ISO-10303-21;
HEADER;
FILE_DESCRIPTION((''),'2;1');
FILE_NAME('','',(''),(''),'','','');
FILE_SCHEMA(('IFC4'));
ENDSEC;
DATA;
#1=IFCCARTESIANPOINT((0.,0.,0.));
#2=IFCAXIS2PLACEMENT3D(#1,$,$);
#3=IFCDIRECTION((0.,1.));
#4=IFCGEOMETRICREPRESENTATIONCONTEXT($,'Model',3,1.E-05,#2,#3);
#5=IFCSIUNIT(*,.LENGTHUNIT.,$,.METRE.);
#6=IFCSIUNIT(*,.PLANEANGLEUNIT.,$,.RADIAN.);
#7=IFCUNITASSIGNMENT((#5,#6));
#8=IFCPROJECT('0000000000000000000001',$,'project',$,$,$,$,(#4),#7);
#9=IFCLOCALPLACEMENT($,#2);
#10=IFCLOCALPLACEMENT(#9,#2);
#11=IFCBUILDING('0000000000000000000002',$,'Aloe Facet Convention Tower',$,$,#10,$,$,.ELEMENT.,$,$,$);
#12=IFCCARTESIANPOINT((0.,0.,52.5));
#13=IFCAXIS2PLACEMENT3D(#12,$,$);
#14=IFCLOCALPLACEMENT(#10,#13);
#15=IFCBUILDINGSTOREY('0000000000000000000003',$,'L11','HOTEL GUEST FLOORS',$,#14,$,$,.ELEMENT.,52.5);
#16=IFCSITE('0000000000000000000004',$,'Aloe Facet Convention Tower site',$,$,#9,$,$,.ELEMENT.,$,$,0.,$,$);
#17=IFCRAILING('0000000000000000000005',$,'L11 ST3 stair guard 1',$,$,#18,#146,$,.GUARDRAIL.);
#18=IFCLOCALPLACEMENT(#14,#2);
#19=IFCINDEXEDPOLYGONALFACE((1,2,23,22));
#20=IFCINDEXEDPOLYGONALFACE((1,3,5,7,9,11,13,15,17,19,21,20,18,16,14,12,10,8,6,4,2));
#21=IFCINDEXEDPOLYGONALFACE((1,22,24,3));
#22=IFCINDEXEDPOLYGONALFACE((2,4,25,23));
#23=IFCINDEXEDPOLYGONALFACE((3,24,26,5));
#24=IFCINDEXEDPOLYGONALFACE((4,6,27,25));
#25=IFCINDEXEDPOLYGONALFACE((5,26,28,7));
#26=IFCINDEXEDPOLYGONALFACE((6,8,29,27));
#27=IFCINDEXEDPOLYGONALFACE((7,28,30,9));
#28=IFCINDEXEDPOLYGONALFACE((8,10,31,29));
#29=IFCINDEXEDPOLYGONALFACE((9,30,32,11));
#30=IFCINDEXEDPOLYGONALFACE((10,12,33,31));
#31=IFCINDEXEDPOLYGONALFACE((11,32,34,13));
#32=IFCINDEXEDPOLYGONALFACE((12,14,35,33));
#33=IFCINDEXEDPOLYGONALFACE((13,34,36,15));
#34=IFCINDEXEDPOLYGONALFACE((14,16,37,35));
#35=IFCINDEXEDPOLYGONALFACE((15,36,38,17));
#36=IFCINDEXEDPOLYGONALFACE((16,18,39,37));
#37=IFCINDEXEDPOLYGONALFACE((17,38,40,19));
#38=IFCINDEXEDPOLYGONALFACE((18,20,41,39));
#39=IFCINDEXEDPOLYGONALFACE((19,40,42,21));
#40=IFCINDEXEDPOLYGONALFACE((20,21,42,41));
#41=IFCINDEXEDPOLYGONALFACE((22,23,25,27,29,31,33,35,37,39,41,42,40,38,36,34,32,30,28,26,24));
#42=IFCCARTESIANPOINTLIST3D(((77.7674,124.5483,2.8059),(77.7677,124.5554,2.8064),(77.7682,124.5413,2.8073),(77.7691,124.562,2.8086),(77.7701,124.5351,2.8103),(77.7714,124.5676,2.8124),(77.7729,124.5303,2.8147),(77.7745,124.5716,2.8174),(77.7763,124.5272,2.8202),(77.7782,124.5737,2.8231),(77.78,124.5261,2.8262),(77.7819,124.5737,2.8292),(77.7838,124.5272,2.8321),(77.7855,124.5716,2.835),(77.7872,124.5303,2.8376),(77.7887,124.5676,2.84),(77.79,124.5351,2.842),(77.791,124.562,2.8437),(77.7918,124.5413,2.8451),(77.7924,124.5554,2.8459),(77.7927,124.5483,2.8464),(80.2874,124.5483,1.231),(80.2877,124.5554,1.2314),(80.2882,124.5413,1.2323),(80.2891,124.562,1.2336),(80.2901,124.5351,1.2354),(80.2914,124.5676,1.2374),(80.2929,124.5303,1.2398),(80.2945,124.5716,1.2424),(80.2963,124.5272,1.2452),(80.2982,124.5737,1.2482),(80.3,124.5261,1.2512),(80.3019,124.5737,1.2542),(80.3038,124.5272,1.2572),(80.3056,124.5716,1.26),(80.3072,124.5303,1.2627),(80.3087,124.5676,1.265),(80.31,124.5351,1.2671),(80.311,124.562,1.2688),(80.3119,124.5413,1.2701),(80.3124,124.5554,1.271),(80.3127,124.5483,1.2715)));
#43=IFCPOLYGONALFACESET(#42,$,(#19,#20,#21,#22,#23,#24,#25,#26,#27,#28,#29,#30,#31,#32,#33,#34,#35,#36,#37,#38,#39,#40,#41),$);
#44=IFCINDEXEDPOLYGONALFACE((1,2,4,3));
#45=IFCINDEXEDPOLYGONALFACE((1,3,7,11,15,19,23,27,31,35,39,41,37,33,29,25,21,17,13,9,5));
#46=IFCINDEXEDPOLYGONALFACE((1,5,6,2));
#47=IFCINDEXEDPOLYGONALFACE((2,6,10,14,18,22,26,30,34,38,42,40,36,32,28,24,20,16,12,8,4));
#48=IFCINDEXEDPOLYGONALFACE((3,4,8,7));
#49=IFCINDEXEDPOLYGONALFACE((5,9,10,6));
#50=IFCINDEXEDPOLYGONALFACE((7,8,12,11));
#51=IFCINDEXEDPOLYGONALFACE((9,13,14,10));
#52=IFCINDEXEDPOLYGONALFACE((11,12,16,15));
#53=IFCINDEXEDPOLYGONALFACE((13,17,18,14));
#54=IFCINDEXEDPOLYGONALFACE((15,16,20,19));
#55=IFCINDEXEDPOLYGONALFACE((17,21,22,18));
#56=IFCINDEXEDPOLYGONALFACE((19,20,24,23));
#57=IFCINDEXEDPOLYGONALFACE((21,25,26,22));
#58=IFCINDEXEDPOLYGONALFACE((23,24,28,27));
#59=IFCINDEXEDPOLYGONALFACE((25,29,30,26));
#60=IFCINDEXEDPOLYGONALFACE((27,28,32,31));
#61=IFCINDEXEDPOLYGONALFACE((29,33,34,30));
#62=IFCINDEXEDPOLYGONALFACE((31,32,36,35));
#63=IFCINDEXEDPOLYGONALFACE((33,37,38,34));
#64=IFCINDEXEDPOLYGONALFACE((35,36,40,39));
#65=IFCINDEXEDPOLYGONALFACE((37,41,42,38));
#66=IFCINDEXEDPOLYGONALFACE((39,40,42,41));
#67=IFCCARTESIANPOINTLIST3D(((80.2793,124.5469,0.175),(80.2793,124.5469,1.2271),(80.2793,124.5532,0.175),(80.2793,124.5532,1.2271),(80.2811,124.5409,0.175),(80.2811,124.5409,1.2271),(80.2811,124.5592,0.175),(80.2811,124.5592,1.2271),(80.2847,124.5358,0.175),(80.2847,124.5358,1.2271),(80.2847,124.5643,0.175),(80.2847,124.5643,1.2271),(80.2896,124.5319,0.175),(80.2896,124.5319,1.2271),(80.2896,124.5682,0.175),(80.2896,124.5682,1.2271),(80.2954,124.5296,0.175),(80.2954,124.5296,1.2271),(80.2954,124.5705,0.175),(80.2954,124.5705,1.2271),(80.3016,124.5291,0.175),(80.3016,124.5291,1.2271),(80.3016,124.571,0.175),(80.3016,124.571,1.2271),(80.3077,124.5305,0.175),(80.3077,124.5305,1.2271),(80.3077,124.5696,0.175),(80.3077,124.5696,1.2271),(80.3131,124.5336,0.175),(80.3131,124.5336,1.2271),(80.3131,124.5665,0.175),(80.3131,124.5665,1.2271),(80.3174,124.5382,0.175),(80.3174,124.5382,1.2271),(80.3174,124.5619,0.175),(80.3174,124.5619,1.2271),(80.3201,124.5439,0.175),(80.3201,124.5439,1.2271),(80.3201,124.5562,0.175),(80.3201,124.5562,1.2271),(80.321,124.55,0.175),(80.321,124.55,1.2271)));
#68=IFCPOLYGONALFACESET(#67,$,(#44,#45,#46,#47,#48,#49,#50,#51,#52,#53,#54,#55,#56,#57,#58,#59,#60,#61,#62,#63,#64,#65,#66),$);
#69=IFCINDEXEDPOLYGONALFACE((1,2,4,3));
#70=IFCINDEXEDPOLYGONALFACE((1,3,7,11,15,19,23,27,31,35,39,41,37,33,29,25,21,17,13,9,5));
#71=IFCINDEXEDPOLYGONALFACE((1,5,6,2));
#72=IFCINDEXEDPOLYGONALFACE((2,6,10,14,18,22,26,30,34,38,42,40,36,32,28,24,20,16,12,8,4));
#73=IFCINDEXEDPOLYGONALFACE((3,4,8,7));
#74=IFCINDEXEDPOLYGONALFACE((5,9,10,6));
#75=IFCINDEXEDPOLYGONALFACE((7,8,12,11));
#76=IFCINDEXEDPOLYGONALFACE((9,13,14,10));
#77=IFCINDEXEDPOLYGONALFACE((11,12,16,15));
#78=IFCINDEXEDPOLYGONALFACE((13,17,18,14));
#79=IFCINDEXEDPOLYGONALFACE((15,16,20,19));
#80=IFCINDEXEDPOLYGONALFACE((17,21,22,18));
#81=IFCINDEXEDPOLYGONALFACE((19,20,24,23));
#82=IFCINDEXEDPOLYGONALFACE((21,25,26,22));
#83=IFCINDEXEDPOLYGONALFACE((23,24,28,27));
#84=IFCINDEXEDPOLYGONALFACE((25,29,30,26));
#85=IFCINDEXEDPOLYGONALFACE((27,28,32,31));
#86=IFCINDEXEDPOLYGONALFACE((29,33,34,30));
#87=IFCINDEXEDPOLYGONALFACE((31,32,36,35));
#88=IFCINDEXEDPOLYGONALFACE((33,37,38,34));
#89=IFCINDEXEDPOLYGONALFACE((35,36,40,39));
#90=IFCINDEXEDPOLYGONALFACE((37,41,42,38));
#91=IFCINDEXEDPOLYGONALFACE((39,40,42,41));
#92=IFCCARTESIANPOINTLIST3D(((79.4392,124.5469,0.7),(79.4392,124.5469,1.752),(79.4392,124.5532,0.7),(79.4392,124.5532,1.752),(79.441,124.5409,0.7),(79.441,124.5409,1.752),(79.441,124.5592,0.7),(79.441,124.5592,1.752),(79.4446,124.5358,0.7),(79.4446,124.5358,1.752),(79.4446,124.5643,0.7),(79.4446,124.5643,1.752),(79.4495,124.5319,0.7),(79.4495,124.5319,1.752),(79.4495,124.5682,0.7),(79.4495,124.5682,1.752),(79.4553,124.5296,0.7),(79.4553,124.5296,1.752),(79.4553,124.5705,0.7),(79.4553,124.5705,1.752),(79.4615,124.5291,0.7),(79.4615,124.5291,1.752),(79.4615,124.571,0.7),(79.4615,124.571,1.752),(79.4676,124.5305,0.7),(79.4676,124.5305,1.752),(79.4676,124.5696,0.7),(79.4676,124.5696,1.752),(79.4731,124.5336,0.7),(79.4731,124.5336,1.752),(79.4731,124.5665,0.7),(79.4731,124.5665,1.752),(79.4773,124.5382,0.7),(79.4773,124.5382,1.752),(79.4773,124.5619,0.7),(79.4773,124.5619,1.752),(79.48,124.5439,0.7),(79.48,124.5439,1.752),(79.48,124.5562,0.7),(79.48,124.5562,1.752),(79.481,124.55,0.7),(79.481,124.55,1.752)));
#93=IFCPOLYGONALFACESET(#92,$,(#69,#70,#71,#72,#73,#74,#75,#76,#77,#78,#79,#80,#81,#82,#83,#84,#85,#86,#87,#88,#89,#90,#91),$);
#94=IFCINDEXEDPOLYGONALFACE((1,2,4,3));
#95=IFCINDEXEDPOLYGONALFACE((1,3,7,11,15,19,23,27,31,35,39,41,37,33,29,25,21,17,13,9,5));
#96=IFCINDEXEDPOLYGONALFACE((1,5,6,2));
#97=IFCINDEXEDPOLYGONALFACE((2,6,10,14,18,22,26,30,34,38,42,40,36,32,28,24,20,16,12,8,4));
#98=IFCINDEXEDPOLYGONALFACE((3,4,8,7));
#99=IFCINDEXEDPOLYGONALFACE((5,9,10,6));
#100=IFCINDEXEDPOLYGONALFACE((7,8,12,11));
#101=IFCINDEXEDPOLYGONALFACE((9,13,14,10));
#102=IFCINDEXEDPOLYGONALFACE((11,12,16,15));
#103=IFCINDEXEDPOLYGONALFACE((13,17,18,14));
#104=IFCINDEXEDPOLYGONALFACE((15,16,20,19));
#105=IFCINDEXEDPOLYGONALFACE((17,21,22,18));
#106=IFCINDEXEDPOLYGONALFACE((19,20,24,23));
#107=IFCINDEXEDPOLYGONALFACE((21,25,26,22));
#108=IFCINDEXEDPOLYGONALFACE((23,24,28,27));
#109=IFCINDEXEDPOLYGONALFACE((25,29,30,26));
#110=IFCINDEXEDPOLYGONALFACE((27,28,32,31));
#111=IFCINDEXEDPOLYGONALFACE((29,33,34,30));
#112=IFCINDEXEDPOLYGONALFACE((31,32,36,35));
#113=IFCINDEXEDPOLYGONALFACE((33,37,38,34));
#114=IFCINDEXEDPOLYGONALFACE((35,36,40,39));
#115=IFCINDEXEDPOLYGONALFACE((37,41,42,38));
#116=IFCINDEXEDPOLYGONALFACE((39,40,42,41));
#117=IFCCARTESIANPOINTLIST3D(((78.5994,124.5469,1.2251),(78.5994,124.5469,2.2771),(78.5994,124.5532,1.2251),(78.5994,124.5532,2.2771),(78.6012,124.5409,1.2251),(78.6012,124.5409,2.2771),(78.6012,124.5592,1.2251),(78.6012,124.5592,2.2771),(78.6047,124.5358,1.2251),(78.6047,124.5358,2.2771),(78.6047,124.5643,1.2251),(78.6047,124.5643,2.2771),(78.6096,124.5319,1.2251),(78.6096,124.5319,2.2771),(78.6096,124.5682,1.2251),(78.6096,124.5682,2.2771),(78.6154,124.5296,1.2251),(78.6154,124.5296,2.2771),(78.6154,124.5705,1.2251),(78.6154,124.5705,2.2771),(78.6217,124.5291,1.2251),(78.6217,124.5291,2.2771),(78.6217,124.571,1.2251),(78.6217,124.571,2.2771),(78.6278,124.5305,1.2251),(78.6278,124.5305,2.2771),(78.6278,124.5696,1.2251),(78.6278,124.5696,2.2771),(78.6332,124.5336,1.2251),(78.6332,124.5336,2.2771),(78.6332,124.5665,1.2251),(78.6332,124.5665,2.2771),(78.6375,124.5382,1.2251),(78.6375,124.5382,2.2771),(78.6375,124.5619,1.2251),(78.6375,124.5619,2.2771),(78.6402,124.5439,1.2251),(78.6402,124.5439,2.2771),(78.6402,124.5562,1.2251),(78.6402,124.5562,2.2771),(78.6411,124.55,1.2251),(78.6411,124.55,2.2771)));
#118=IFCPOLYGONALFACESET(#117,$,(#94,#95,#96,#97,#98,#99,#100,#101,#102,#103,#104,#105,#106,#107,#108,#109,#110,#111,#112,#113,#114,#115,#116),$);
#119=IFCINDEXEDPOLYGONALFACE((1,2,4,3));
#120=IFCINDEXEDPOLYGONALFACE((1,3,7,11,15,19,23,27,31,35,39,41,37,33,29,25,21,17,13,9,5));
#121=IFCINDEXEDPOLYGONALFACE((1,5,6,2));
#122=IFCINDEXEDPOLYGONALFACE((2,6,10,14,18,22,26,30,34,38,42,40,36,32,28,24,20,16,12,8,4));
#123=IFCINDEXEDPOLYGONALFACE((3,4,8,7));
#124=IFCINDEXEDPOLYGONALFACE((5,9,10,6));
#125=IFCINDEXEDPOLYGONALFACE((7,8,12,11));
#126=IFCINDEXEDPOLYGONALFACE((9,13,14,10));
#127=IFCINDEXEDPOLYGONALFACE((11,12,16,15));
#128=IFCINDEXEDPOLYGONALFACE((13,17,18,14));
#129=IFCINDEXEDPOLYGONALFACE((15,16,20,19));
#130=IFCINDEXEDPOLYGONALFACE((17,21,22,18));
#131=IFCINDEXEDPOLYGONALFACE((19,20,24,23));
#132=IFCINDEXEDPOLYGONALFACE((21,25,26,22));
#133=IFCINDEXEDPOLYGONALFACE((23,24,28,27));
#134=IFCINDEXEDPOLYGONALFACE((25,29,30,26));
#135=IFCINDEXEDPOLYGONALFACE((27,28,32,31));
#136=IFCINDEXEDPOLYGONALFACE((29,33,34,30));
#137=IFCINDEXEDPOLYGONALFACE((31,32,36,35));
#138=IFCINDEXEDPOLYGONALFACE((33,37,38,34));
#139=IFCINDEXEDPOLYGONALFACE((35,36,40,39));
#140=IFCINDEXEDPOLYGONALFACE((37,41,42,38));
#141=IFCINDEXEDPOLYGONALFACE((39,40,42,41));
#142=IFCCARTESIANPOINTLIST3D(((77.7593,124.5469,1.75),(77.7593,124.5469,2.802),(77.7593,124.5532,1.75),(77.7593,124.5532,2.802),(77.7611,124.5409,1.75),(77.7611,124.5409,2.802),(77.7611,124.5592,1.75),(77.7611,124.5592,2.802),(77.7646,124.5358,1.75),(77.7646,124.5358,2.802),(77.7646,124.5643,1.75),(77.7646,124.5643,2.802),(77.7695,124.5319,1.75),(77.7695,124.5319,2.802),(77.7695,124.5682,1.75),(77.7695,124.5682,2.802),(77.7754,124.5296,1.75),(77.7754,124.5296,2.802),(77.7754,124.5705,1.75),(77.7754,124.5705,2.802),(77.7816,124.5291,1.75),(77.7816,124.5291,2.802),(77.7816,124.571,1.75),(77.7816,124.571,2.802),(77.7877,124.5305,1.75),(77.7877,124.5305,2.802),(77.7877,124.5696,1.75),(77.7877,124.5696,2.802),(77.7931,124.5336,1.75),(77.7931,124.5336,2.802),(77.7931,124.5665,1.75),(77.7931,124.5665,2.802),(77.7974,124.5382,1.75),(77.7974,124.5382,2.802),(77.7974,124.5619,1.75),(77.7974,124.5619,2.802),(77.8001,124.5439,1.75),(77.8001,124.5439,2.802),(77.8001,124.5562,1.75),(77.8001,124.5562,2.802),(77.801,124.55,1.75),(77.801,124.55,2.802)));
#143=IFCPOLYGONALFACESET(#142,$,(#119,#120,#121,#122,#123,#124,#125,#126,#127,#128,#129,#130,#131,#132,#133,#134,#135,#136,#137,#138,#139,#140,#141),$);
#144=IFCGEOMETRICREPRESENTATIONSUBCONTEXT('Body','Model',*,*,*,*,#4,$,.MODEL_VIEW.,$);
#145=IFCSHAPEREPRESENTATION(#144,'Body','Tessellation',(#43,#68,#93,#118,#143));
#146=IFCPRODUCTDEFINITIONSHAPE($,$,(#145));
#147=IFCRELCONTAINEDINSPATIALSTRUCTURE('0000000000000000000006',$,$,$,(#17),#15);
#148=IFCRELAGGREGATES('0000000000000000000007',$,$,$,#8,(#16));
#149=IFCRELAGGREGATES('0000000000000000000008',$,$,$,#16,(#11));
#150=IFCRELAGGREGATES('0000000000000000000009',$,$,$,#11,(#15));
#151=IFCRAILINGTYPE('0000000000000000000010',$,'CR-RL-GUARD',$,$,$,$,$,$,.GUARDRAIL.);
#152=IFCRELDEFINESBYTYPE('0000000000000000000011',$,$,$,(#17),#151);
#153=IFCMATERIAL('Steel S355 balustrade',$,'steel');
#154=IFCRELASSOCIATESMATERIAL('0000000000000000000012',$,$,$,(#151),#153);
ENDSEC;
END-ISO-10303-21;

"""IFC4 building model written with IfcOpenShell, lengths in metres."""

from ifc_helpers import new_model, si_unit, direction, frame, origin, origin_2d, place, context, subcontext, project, spatial, circle, extrude, material, type_object, element, save


model = new_model("IFC4")

# Units and contexts
model_context = context("Model", 3, precision=1e-05, world=origin(), true_north=direction((0.0, 1.0)))
body_context = subcontext(model_context, "Body", "Model", "MODEL_VIEW")
ifc_project = project(units=[si_unit("LENGTHUNIT", "METRE"), si_unit("PLANEANGLEUNIT", "RADIAN")], contexts=[model_context])

# Site, building, storey
site_placement = place(None, origin())
site = spatial("IfcSite", under=ifc_project, at=site_placement, Name="Aloe Facet Convention Tower site", CompositionType="ELEMENT", RefElevation=0.0)
building_placement = place(site_placement, origin())
building = spatial("IfcBuilding", under=site, at=building_placement, Name="Aloe Facet Convention Tower", CompositionType="ELEMENT")
storey_placement = place(building_placement, frame((0.0, 0.0, 52.5)))
storey = spatial("IfcBuildingStorey", under=building, at=storey_placement, Name="L11", Description="HOTEL GUEST FLOORS", CompositionType="ELEMENT", Elevation=52.5)

# Railing
ifc_material_1 = material(Name="Steel S355 balustrade", Category="steel")
railing_type = type_object("IfcRailingType", Name="CR-RL-GUARD", PredefinedType="GUARDRAIL", material=ifc_material_1)
railing_1_placement = place(storey_placement, frame((80.3, 124.55, 0.175)))
element("IfcRailing", 1, at=railing_1_placement, inside=storey, type_object=railing_type, Name="L11 ST3 stair guard 1", PredefinedType="GUARDRAIL", context=body_context, shape_type="SweptSolid", body=[
    extrude(circle(Radius=0.0239, at=origin_2d()), frame((0.0, 0.0, 1.0762), z_axis=(-0.848008, 0.0, 0.529984), x_axis=(0.0, -1.0, 0.0)), (0.0, 0.0, 1.0), 2.9717),
    extrude(circle(Radius=0.021, at=origin_2d()), origin(), (0.0, 0.0, 1.0), 1.052),
    extrude(circle(Radius=0.021, at=origin_2d()), frame((-0.8401, 0.0, 0.5249)), (0.0, 0.0, 1.0), 1.052),
    extrude(circle(Radius=0.021, at=origin_2d()), frame((-1.6799, 0.0, 1.05)), (0.0, 0.0, 1.0), 1.052),
    extrude(circle(Radius=0.021, at=origin_2d()), frame((-2.52, 0.0, 1.575)), (0.0, 0.0, 1.0), 1.052),
])

save(model, "model.ifc")
